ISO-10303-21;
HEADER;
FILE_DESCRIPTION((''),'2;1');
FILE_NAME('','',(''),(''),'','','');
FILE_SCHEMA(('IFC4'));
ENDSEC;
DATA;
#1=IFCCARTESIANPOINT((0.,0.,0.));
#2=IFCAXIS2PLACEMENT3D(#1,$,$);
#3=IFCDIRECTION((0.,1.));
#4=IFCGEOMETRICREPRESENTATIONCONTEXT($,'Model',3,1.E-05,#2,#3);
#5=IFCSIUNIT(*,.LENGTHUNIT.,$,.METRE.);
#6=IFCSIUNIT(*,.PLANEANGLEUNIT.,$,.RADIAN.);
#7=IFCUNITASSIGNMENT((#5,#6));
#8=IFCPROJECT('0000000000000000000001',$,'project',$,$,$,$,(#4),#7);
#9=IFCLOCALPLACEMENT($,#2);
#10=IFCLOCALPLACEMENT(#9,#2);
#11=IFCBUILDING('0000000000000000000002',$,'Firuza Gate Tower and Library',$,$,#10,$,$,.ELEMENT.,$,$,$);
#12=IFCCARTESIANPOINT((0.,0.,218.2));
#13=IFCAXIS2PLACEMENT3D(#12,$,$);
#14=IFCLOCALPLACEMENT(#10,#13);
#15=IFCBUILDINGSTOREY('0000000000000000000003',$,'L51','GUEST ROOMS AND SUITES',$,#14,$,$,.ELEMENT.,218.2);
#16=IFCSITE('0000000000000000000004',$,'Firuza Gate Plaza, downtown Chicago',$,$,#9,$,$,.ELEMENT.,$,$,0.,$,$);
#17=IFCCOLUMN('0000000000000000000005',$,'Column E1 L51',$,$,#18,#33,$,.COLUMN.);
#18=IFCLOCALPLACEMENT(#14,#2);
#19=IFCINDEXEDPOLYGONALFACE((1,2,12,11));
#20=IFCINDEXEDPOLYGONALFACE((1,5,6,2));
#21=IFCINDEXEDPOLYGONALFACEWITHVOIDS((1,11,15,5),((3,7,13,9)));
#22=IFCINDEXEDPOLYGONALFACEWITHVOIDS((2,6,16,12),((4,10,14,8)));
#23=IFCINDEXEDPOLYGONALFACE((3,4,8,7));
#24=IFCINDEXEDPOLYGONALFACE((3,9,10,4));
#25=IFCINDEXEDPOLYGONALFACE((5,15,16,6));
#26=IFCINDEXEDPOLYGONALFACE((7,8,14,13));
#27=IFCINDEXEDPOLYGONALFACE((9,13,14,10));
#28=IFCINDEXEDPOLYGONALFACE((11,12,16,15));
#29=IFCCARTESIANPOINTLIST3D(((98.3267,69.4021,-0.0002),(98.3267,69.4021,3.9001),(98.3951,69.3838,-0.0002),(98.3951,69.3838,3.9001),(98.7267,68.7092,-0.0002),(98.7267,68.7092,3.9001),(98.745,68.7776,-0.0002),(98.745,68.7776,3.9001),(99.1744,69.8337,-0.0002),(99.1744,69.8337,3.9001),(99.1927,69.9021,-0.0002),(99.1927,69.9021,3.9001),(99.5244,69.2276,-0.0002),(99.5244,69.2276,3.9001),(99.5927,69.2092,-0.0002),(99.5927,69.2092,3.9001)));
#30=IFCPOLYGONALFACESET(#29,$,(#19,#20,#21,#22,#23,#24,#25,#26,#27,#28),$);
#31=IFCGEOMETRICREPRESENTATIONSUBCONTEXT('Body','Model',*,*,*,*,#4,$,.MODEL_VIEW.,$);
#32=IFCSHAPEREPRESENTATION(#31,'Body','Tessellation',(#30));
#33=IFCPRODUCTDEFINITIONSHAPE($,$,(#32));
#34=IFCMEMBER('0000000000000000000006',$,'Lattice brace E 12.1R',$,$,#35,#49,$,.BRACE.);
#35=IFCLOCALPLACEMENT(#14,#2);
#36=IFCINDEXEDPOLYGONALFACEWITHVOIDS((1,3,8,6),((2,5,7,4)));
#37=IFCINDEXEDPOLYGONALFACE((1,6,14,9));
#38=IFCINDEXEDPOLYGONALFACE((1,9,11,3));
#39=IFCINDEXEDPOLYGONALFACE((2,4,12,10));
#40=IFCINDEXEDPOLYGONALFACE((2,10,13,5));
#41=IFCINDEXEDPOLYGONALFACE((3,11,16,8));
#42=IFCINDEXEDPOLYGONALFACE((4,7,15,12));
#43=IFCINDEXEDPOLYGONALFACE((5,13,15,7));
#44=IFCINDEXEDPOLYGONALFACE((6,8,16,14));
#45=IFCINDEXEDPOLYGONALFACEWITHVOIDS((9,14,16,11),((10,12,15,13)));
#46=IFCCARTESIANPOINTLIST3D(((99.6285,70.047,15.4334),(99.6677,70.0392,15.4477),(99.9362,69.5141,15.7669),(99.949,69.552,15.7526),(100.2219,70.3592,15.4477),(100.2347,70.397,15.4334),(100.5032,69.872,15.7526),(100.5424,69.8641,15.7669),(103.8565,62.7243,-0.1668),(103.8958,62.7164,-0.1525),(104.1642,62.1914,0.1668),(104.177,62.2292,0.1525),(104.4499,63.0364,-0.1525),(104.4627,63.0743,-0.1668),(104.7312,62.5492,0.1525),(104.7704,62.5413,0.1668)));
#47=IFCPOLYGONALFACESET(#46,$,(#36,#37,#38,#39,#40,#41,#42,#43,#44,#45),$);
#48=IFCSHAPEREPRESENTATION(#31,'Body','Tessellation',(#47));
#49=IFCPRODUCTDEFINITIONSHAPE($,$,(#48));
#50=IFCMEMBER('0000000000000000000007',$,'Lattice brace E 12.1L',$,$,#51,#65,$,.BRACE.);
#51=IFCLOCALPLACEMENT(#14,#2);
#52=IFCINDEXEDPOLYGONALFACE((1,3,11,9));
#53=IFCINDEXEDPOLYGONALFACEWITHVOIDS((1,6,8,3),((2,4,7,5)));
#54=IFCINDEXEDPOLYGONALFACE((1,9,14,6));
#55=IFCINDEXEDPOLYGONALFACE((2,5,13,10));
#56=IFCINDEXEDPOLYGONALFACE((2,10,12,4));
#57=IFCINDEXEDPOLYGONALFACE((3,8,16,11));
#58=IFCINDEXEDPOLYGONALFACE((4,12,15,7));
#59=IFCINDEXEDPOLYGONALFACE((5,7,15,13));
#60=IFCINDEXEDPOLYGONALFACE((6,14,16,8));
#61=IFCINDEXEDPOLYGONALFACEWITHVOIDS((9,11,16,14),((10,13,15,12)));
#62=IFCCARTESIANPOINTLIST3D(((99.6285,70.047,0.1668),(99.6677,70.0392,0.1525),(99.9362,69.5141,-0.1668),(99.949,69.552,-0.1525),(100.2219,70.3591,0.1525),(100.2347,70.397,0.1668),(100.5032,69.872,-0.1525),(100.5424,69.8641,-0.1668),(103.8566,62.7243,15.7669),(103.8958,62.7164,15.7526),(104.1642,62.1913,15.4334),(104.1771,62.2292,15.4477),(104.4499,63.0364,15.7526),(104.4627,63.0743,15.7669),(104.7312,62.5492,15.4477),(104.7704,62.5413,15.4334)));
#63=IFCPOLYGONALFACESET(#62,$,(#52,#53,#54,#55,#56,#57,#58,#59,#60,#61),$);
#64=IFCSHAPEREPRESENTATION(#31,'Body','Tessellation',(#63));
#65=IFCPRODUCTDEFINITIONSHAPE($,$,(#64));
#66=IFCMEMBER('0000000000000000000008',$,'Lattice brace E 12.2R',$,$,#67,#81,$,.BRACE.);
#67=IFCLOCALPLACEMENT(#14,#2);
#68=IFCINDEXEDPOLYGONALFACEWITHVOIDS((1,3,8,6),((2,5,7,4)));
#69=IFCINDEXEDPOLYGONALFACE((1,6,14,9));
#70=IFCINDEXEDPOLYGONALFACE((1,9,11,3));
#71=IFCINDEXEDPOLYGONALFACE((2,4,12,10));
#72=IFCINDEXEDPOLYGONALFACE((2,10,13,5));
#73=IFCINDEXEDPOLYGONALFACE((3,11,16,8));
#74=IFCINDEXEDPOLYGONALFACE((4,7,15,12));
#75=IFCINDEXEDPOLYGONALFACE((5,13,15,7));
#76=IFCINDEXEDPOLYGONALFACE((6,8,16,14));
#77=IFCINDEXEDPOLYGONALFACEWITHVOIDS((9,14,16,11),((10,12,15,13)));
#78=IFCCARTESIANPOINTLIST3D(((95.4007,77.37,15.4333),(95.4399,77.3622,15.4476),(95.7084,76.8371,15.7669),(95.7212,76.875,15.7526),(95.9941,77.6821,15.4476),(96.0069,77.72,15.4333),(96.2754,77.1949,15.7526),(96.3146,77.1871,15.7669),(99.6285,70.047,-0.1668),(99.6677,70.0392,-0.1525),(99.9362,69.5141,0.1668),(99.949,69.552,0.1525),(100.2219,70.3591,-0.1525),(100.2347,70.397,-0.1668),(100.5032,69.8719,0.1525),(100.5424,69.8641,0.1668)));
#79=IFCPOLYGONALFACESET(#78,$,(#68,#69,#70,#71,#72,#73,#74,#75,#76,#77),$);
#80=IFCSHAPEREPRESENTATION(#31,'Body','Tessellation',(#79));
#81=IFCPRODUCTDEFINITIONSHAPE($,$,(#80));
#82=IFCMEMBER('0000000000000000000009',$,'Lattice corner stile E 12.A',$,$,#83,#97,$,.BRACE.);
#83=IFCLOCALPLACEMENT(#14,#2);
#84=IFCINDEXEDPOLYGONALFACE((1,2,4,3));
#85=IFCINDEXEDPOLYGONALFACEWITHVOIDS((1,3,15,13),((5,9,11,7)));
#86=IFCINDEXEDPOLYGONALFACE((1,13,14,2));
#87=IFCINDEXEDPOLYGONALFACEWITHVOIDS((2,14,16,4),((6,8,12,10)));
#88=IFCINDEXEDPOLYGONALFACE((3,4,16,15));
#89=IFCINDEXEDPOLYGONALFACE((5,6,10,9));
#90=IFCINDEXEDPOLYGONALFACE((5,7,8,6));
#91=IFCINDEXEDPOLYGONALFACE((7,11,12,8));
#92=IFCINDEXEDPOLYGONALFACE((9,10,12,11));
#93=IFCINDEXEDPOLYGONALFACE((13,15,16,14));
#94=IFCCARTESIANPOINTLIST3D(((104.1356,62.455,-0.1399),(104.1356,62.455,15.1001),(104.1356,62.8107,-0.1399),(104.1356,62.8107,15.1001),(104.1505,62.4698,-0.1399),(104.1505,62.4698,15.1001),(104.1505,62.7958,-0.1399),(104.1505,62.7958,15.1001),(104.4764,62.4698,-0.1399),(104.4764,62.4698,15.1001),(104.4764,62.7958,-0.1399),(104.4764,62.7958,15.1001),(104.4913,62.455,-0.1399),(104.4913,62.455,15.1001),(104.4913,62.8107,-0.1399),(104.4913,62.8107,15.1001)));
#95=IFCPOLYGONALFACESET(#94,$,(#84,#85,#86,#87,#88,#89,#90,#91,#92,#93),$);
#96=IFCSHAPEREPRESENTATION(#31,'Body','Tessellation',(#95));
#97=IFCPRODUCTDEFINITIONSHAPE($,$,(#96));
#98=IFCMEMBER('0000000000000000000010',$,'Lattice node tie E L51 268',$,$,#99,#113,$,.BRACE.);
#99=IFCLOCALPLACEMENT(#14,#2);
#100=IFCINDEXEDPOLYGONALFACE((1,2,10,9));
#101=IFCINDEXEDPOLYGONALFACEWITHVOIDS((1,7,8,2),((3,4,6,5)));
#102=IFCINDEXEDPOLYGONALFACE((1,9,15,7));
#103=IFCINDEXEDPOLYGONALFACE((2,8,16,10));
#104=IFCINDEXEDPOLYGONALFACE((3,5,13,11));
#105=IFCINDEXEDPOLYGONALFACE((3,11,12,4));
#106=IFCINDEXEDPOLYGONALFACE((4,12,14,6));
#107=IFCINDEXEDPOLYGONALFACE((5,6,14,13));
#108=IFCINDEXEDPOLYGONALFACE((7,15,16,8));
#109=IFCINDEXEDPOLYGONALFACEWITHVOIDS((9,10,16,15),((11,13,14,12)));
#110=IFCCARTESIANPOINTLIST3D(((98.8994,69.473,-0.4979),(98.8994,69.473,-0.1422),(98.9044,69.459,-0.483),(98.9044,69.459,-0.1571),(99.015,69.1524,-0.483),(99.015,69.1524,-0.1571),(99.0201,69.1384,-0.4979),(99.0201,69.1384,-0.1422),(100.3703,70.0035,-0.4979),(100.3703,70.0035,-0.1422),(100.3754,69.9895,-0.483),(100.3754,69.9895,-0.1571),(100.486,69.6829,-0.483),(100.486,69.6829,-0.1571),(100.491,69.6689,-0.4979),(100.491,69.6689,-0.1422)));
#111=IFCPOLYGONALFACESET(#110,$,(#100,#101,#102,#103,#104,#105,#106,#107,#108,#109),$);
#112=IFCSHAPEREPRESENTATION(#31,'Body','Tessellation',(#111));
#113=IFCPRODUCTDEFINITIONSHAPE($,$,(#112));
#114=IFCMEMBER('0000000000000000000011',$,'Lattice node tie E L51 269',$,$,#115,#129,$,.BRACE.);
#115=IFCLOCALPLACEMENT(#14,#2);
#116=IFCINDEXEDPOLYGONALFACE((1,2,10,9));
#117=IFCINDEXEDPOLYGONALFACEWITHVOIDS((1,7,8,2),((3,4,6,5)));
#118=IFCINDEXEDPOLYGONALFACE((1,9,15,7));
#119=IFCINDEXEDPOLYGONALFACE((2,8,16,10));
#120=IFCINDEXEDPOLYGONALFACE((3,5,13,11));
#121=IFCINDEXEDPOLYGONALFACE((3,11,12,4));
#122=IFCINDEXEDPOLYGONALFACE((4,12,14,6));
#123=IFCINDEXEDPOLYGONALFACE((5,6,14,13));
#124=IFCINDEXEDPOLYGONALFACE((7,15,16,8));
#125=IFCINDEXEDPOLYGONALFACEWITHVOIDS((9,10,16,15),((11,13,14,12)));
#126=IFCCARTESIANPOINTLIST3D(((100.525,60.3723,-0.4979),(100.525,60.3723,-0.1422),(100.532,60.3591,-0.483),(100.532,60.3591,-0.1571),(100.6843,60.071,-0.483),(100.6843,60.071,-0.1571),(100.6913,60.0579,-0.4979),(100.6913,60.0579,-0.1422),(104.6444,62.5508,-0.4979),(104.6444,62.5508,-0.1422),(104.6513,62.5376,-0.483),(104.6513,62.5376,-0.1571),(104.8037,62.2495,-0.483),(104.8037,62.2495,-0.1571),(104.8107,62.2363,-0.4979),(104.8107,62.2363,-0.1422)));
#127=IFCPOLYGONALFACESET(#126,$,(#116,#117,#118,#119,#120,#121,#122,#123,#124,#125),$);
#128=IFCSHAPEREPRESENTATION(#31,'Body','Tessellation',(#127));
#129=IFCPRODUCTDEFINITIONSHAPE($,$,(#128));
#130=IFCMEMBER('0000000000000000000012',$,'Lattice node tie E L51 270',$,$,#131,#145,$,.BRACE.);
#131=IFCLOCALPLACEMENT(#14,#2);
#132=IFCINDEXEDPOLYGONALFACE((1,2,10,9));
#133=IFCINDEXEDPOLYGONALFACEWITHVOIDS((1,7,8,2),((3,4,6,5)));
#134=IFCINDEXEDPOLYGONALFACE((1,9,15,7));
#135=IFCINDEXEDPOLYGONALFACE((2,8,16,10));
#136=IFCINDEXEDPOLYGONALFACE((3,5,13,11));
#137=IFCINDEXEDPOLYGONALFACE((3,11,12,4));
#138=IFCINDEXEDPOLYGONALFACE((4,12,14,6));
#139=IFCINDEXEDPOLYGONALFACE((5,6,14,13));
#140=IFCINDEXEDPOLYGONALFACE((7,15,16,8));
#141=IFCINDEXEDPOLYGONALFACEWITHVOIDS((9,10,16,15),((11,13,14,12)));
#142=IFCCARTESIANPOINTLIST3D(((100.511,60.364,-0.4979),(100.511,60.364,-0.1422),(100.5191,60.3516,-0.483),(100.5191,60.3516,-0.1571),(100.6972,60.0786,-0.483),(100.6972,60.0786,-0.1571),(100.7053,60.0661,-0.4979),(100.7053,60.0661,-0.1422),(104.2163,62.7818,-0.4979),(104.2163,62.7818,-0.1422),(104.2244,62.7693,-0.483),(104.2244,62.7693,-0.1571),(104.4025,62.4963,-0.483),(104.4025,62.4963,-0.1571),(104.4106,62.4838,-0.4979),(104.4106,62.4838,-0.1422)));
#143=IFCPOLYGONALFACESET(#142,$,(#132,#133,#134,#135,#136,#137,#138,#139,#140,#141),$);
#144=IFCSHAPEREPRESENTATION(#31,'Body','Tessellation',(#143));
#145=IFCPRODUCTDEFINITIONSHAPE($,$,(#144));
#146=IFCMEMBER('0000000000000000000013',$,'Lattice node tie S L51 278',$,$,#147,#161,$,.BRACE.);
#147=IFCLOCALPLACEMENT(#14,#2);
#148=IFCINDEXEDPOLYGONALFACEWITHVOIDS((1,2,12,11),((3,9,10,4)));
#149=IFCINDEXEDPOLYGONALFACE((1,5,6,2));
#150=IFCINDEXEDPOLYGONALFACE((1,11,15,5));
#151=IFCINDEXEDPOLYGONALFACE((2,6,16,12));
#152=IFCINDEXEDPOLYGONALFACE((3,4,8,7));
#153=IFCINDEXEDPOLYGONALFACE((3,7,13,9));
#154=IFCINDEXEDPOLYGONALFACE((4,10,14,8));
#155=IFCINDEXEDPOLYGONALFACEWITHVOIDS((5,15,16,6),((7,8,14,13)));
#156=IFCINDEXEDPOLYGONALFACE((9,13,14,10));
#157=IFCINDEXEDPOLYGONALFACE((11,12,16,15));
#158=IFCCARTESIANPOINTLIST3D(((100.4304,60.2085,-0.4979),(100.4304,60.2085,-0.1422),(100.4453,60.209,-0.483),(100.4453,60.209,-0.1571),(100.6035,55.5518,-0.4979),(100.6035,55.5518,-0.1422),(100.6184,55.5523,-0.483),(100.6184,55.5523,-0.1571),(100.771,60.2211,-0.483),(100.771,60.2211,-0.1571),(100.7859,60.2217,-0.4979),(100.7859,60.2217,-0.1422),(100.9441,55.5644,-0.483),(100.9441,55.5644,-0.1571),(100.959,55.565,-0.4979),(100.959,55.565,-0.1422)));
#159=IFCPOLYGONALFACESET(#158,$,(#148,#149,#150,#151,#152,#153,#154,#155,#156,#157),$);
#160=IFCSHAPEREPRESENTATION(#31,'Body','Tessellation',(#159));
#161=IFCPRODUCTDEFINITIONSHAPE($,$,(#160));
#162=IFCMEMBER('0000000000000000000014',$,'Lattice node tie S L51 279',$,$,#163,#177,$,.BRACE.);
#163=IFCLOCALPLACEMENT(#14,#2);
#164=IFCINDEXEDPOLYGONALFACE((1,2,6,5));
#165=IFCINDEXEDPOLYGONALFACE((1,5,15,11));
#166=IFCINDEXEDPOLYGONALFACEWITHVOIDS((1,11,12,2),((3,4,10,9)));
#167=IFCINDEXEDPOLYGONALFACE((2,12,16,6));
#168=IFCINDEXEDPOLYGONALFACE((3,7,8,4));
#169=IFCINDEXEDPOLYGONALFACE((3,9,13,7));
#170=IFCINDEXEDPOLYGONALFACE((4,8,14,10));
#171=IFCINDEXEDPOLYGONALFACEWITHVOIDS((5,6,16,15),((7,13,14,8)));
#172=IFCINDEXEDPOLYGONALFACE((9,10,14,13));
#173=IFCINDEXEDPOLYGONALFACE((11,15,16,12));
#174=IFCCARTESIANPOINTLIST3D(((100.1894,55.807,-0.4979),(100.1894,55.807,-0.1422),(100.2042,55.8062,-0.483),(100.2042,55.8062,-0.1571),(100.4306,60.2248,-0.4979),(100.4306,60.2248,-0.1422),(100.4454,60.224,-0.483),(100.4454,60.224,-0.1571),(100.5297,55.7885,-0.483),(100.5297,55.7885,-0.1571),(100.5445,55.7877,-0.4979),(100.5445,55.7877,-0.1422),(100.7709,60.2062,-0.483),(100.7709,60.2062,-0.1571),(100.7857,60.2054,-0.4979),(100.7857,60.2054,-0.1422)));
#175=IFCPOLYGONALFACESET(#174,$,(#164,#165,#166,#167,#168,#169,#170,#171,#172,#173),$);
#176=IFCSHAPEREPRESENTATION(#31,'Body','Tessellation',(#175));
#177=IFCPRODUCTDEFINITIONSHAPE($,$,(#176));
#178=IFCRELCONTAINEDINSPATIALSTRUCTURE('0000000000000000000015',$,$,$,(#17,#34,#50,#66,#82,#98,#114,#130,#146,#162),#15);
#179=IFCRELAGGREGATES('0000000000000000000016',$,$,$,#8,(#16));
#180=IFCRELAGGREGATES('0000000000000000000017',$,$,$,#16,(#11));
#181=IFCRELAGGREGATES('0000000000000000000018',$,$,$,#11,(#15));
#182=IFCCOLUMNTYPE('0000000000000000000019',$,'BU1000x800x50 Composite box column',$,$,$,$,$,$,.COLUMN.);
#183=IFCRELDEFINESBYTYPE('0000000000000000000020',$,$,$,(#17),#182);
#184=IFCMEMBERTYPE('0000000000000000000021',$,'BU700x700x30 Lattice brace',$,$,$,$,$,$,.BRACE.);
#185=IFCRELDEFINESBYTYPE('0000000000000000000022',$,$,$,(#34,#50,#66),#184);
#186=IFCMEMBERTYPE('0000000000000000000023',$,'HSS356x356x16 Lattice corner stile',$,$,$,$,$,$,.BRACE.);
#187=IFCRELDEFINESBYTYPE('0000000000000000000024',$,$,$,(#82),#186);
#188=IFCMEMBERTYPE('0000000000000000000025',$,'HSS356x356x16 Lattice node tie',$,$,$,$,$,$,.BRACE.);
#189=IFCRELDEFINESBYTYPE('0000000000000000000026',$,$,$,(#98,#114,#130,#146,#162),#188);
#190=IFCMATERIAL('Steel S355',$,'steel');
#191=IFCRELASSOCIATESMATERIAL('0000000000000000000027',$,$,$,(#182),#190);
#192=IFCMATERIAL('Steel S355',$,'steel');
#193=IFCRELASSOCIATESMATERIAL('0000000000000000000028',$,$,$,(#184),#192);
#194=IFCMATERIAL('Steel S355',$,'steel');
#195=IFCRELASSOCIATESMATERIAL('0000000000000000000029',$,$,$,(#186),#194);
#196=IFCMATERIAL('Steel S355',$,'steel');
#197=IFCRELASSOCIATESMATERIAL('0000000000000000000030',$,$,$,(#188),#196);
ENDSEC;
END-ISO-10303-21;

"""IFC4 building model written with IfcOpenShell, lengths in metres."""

from ifc_helpers import new_model, si_unit, direction, frame, origin, origin_2d, place, context, subcontext, project, spatial, hollow_rectangle, extrude, material, material_profile, profile_set, type_object, element, save


model = new_model("IFC4")

# Units and contexts
model_context = context("Model", 3, precision=1e-05, world=origin(), true_north=direction((0.0, 1.0)))
body_context = subcontext(model_context, "Body", "Model", "MODEL_VIEW")
ifc_project = project(units=[si_unit("LENGTHUNIT", "METRE"), si_unit("PLANEANGLEUNIT", "RADIAN")], contexts=[model_context])

# Site, building, storey
site_placement = place(None, origin())
site = spatial("IfcSite", under=ifc_project, at=site_placement, Name="Firuza Gate Plaza, downtown Chicago", CompositionType="ELEMENT", RefElevation=0.0)
building_placement = place(site_placement, origin())
building = spatial("IfcBuilding", under=site, at=building_placement, Name="Firuza Gate Tower and Library", CompositionType="ELEMENT")
storey_placement = place(building_placement, frame((0.0, 0.0, 218.2)))
storey = spatial("IfcBuildingStorey", under=building, at=storey_placement, Name="L51", Description="GUEST ROOMS AND SUITES", CompositionType="ELEMENT", Elevation=218.2)

# Column
ifc_material_1 = material(Name="Steel S355", Category="steel")
ifc_material_profile_1 = material_profile(ifc_material_1, hollow_rectangle(XDim=0.8, YDim=1.0, WallThickness=0.05, at=origin_2d()))
ifc_profile_set_1 = profile_set([ifc_material_profile_1], Name="Steel S355")
column_type = type_object("IfcColumnType", Name="BU1000x800x50 Composite box column", PredefinedType="COLUMN", material=ifc_profile_set_1)
column_placement = place(storey_placement, frame((98.9597, 69.3057, -0.0002), z_axis=(0.0, 0.0, 1.0), x_axis=(-0.5, 0.866025, 0.0)))
element("IfcColumn", 1, at=column_placement, inside=storey, type_object=column_type, Name="Column E1 L51", PredefinedType="COLUMN", context=body_context, shape_type="SweptSolid", body=[
    extrude(hollow_rectangle(XDim=0.8, YDim=1.0, WallThickness=0.05, at=origin_2d()), origin(), (0.0, 0.0, 1.0), 3.9004),
])

# Members
ifc_material_2 = material(Name="Steel S355", Category="steel")
ifc_material_profile_2 = material_profile(ifc_material_2, hollow_rectangle(XDim=0.7, YDim=0.7, WallThickness=0.03, at=origin_2d()))
ifc_profile_set_2 = profile_set([ifc_material_profile_2], Name="Steel S355")
member_type_1 = type_object("IfcMemberType", Name="BU700x700x30 Lattice brace", PredefinedType="BRACE", material=ifc_profile_set_2)
for number, where, z_axis, x_axis, name in (
    (2, (104.3135, 62.6328, 0.0), (-0.238275, 0.412681, 0.879159), (-0.866013, -0.500021, 0.0), "Lattice brace E 12.1R"),
    (3, (100.0854, 69.9556, 0.0), (0.238275, -0.412681, 0.879159), (0.866013, 0.500021, 0.0), "Lattice brace E 12.1L"),
    (4, (100.0854, 69.9556, 0.0), (-0.23826, 0.412694, 0.879156), (-0.866033, -0.499987, 0.0), "Lattice brace E 12.2R"),
):
    element("IfcMember", number, at=place(storey_placement, frame(where, z_axis=z_axis, x_axis=x_axis)), inside=storey, type_object=member_type_1, Name=name, PredefinedType="BRACE", context=body_context, shape_type="SweptSolid", body=[
        extrude(hollow_rectangle(XDim=0.7, YDim=0.7, WallThickness=0.03, at=origin_2d()), origin(), (0.0, 0.0, 1.0), 17.7444),
    ])
ifc_material_3 = material(Name="Steel S355", Category="steel")
ifc_material_profile_3 = material_profile(ifc_material_3, hollow_rectangle(XDim=0.3557, YDim=0.3557, WallThickness=0.0149, at=origin_2d()))
ifc_profile_set_3 = profile_set([ifc_material_profile_3], Name="Steel S355")
member_type_2 = type_object("IfcMemberType", Name="HSS356x356x16 Lattice corner stile", PredefinedType="BRACE", material=ifc_profile_set_3)
member_1_placement = place(storey_placement, frame((104.3135, 62.6328, -0.1399), z_axis=(0.0, 0.0, 1.0), x_axis=(1.0, 0.0, 0.0)))
element("IfcMember", 5, at=member_1_placement, inside=storey, type_object=member_type_2, Name="Lattice corner stile E 12.A", PredefinedType="BRACE", context=body_context, shape_type="SweptSolid", body=[
    extrude(hollow_rectangle(XDim=0.3557, YDim=0.3557, WallThickness=0.0149, at=origin_2d()), origin(), (0.0, 0.0, 1.0), 15.24),
])
ifc_material_4 = material(Name="Steel S355", Category="steel")
ifc_material_profile_4 = material_profile(ifc_material_4, hollow_rectangle(XDim=0.3557, YDim=0.3557, WallThickness=0.0149, at=origin_2d()))
ifc_profile_set_4 = profile_set([ifc_material_profile_4], Name="Steel S355")
member_type_3 = type_object("IfcMemberType", Name="HSS356x356x16 Lattice node tie", PredefinedType="BRACE", material=ifc_profile_set_4)
member_2_placement = place(storey_placement, frame((98.9597, 69.3057, -0.3201), z_axis=(0.940688, 0.339272, 0.0), x_axis=(-0.339272, 0.940688, 0.0)))
element("IfcMember", 6, at=member_2_placement, inside=storey, type_object=member_type_3, Name="Lattice node tie E L51 268", PredefinedType="BRACE", context=body_context, shape_type="SweptSolid", body=[
    extrude(hollow_rectangle(XDim=0.3557, YDim=0.3557, WallThickness=0.0149, at=origin_2d()), origin(), (0.0, 0.0, 1.0), 1.5637),
])
member_3_placement = place(storey_placement, frame((100.6082, 60.2151, -0.3201), z_axis=(0.883999, 0.467488, 0.0), x_axis=(-0.467488, 0.883999, 0.0)))
element("IfcMember", 7, at=member_3_placement, inside=storey, type_object=member_type_3, Name="Lattice node tie E L51 269", PredefinedType="BRACE", context=body_context, shape_type="SweptSolid", body=[
    extrude(hollow_rectangle(XDim=0.3557, YDim=0.3557, WallThickness=0.0149, at=origin_2d()), origin(), (0.0, 0.0, 1.0), 4.6599),
])
member_4_placement = place(storey_placement, frame((100.6082, 60.2151, -0.3201), z_axis=(0.837485, 0.54646, 0.0), x_axis=(-0.54646, 0.837485, 0.0)))
element("IfcMember", 8, at=member_4_placement, inside=storey, type_object=member_type_3, Name="Lattice node tie E L51 270", PredefinedType="BRACE", context=body_context, shape_type="SweptSolid", body=[
    extrude(hollow_rectangle(XDim=0.3557, YDim=0.3557, WallThickness=0.0149, at=origin_2d()), origin(), (0.0, 0.0, 1.0), 4.4243),
])
member_5_placement = place(storey_placement, frame((100.6082, 60.2151, -0.3201), z_axis=(0.037145, -0.99931, 0.0), x_axis=(0.99931, 0.037145, 0.0)))
element("IfcMember", 9, at=member_5_placement, inside=storey, type_object=member_type_3, Name="Lattice node tie S L51 278", PredefinedType="BRACE", context=body_context, shape_type="SweptSolid", body=[
    extrude(hollow_rectangle(XDim=0.3557, YDim=0.3557, WallThickness=0.0149, at=origin_2d()), origin(), (0.0, 0.0, 1.0), 4.6599),
])
member_6_placement = place(storey_placement, frame((100.6082, 60.2151, -0.3201), z_axis=(-0.05452, -0.998513, 0.0), x_axis=(0.998513, -0.05452, 0.0)))
element("IfcMember", 10, at=member_6_placement, inside=storey, type_object=member_type_3, Name="Lattice node tie S L51 279", PredefinedType="BRACE", context=body_context, shape_type="SweptSolid", body=[
    extrude(hollow_rectangle(XDim=0.3557, YDim=0.3557, WallThickness=0.0149, at=origin_2d()), origin(), (0.0, 0.0, 1.0), 4.4243),
])

save(model, "model.ifc")
